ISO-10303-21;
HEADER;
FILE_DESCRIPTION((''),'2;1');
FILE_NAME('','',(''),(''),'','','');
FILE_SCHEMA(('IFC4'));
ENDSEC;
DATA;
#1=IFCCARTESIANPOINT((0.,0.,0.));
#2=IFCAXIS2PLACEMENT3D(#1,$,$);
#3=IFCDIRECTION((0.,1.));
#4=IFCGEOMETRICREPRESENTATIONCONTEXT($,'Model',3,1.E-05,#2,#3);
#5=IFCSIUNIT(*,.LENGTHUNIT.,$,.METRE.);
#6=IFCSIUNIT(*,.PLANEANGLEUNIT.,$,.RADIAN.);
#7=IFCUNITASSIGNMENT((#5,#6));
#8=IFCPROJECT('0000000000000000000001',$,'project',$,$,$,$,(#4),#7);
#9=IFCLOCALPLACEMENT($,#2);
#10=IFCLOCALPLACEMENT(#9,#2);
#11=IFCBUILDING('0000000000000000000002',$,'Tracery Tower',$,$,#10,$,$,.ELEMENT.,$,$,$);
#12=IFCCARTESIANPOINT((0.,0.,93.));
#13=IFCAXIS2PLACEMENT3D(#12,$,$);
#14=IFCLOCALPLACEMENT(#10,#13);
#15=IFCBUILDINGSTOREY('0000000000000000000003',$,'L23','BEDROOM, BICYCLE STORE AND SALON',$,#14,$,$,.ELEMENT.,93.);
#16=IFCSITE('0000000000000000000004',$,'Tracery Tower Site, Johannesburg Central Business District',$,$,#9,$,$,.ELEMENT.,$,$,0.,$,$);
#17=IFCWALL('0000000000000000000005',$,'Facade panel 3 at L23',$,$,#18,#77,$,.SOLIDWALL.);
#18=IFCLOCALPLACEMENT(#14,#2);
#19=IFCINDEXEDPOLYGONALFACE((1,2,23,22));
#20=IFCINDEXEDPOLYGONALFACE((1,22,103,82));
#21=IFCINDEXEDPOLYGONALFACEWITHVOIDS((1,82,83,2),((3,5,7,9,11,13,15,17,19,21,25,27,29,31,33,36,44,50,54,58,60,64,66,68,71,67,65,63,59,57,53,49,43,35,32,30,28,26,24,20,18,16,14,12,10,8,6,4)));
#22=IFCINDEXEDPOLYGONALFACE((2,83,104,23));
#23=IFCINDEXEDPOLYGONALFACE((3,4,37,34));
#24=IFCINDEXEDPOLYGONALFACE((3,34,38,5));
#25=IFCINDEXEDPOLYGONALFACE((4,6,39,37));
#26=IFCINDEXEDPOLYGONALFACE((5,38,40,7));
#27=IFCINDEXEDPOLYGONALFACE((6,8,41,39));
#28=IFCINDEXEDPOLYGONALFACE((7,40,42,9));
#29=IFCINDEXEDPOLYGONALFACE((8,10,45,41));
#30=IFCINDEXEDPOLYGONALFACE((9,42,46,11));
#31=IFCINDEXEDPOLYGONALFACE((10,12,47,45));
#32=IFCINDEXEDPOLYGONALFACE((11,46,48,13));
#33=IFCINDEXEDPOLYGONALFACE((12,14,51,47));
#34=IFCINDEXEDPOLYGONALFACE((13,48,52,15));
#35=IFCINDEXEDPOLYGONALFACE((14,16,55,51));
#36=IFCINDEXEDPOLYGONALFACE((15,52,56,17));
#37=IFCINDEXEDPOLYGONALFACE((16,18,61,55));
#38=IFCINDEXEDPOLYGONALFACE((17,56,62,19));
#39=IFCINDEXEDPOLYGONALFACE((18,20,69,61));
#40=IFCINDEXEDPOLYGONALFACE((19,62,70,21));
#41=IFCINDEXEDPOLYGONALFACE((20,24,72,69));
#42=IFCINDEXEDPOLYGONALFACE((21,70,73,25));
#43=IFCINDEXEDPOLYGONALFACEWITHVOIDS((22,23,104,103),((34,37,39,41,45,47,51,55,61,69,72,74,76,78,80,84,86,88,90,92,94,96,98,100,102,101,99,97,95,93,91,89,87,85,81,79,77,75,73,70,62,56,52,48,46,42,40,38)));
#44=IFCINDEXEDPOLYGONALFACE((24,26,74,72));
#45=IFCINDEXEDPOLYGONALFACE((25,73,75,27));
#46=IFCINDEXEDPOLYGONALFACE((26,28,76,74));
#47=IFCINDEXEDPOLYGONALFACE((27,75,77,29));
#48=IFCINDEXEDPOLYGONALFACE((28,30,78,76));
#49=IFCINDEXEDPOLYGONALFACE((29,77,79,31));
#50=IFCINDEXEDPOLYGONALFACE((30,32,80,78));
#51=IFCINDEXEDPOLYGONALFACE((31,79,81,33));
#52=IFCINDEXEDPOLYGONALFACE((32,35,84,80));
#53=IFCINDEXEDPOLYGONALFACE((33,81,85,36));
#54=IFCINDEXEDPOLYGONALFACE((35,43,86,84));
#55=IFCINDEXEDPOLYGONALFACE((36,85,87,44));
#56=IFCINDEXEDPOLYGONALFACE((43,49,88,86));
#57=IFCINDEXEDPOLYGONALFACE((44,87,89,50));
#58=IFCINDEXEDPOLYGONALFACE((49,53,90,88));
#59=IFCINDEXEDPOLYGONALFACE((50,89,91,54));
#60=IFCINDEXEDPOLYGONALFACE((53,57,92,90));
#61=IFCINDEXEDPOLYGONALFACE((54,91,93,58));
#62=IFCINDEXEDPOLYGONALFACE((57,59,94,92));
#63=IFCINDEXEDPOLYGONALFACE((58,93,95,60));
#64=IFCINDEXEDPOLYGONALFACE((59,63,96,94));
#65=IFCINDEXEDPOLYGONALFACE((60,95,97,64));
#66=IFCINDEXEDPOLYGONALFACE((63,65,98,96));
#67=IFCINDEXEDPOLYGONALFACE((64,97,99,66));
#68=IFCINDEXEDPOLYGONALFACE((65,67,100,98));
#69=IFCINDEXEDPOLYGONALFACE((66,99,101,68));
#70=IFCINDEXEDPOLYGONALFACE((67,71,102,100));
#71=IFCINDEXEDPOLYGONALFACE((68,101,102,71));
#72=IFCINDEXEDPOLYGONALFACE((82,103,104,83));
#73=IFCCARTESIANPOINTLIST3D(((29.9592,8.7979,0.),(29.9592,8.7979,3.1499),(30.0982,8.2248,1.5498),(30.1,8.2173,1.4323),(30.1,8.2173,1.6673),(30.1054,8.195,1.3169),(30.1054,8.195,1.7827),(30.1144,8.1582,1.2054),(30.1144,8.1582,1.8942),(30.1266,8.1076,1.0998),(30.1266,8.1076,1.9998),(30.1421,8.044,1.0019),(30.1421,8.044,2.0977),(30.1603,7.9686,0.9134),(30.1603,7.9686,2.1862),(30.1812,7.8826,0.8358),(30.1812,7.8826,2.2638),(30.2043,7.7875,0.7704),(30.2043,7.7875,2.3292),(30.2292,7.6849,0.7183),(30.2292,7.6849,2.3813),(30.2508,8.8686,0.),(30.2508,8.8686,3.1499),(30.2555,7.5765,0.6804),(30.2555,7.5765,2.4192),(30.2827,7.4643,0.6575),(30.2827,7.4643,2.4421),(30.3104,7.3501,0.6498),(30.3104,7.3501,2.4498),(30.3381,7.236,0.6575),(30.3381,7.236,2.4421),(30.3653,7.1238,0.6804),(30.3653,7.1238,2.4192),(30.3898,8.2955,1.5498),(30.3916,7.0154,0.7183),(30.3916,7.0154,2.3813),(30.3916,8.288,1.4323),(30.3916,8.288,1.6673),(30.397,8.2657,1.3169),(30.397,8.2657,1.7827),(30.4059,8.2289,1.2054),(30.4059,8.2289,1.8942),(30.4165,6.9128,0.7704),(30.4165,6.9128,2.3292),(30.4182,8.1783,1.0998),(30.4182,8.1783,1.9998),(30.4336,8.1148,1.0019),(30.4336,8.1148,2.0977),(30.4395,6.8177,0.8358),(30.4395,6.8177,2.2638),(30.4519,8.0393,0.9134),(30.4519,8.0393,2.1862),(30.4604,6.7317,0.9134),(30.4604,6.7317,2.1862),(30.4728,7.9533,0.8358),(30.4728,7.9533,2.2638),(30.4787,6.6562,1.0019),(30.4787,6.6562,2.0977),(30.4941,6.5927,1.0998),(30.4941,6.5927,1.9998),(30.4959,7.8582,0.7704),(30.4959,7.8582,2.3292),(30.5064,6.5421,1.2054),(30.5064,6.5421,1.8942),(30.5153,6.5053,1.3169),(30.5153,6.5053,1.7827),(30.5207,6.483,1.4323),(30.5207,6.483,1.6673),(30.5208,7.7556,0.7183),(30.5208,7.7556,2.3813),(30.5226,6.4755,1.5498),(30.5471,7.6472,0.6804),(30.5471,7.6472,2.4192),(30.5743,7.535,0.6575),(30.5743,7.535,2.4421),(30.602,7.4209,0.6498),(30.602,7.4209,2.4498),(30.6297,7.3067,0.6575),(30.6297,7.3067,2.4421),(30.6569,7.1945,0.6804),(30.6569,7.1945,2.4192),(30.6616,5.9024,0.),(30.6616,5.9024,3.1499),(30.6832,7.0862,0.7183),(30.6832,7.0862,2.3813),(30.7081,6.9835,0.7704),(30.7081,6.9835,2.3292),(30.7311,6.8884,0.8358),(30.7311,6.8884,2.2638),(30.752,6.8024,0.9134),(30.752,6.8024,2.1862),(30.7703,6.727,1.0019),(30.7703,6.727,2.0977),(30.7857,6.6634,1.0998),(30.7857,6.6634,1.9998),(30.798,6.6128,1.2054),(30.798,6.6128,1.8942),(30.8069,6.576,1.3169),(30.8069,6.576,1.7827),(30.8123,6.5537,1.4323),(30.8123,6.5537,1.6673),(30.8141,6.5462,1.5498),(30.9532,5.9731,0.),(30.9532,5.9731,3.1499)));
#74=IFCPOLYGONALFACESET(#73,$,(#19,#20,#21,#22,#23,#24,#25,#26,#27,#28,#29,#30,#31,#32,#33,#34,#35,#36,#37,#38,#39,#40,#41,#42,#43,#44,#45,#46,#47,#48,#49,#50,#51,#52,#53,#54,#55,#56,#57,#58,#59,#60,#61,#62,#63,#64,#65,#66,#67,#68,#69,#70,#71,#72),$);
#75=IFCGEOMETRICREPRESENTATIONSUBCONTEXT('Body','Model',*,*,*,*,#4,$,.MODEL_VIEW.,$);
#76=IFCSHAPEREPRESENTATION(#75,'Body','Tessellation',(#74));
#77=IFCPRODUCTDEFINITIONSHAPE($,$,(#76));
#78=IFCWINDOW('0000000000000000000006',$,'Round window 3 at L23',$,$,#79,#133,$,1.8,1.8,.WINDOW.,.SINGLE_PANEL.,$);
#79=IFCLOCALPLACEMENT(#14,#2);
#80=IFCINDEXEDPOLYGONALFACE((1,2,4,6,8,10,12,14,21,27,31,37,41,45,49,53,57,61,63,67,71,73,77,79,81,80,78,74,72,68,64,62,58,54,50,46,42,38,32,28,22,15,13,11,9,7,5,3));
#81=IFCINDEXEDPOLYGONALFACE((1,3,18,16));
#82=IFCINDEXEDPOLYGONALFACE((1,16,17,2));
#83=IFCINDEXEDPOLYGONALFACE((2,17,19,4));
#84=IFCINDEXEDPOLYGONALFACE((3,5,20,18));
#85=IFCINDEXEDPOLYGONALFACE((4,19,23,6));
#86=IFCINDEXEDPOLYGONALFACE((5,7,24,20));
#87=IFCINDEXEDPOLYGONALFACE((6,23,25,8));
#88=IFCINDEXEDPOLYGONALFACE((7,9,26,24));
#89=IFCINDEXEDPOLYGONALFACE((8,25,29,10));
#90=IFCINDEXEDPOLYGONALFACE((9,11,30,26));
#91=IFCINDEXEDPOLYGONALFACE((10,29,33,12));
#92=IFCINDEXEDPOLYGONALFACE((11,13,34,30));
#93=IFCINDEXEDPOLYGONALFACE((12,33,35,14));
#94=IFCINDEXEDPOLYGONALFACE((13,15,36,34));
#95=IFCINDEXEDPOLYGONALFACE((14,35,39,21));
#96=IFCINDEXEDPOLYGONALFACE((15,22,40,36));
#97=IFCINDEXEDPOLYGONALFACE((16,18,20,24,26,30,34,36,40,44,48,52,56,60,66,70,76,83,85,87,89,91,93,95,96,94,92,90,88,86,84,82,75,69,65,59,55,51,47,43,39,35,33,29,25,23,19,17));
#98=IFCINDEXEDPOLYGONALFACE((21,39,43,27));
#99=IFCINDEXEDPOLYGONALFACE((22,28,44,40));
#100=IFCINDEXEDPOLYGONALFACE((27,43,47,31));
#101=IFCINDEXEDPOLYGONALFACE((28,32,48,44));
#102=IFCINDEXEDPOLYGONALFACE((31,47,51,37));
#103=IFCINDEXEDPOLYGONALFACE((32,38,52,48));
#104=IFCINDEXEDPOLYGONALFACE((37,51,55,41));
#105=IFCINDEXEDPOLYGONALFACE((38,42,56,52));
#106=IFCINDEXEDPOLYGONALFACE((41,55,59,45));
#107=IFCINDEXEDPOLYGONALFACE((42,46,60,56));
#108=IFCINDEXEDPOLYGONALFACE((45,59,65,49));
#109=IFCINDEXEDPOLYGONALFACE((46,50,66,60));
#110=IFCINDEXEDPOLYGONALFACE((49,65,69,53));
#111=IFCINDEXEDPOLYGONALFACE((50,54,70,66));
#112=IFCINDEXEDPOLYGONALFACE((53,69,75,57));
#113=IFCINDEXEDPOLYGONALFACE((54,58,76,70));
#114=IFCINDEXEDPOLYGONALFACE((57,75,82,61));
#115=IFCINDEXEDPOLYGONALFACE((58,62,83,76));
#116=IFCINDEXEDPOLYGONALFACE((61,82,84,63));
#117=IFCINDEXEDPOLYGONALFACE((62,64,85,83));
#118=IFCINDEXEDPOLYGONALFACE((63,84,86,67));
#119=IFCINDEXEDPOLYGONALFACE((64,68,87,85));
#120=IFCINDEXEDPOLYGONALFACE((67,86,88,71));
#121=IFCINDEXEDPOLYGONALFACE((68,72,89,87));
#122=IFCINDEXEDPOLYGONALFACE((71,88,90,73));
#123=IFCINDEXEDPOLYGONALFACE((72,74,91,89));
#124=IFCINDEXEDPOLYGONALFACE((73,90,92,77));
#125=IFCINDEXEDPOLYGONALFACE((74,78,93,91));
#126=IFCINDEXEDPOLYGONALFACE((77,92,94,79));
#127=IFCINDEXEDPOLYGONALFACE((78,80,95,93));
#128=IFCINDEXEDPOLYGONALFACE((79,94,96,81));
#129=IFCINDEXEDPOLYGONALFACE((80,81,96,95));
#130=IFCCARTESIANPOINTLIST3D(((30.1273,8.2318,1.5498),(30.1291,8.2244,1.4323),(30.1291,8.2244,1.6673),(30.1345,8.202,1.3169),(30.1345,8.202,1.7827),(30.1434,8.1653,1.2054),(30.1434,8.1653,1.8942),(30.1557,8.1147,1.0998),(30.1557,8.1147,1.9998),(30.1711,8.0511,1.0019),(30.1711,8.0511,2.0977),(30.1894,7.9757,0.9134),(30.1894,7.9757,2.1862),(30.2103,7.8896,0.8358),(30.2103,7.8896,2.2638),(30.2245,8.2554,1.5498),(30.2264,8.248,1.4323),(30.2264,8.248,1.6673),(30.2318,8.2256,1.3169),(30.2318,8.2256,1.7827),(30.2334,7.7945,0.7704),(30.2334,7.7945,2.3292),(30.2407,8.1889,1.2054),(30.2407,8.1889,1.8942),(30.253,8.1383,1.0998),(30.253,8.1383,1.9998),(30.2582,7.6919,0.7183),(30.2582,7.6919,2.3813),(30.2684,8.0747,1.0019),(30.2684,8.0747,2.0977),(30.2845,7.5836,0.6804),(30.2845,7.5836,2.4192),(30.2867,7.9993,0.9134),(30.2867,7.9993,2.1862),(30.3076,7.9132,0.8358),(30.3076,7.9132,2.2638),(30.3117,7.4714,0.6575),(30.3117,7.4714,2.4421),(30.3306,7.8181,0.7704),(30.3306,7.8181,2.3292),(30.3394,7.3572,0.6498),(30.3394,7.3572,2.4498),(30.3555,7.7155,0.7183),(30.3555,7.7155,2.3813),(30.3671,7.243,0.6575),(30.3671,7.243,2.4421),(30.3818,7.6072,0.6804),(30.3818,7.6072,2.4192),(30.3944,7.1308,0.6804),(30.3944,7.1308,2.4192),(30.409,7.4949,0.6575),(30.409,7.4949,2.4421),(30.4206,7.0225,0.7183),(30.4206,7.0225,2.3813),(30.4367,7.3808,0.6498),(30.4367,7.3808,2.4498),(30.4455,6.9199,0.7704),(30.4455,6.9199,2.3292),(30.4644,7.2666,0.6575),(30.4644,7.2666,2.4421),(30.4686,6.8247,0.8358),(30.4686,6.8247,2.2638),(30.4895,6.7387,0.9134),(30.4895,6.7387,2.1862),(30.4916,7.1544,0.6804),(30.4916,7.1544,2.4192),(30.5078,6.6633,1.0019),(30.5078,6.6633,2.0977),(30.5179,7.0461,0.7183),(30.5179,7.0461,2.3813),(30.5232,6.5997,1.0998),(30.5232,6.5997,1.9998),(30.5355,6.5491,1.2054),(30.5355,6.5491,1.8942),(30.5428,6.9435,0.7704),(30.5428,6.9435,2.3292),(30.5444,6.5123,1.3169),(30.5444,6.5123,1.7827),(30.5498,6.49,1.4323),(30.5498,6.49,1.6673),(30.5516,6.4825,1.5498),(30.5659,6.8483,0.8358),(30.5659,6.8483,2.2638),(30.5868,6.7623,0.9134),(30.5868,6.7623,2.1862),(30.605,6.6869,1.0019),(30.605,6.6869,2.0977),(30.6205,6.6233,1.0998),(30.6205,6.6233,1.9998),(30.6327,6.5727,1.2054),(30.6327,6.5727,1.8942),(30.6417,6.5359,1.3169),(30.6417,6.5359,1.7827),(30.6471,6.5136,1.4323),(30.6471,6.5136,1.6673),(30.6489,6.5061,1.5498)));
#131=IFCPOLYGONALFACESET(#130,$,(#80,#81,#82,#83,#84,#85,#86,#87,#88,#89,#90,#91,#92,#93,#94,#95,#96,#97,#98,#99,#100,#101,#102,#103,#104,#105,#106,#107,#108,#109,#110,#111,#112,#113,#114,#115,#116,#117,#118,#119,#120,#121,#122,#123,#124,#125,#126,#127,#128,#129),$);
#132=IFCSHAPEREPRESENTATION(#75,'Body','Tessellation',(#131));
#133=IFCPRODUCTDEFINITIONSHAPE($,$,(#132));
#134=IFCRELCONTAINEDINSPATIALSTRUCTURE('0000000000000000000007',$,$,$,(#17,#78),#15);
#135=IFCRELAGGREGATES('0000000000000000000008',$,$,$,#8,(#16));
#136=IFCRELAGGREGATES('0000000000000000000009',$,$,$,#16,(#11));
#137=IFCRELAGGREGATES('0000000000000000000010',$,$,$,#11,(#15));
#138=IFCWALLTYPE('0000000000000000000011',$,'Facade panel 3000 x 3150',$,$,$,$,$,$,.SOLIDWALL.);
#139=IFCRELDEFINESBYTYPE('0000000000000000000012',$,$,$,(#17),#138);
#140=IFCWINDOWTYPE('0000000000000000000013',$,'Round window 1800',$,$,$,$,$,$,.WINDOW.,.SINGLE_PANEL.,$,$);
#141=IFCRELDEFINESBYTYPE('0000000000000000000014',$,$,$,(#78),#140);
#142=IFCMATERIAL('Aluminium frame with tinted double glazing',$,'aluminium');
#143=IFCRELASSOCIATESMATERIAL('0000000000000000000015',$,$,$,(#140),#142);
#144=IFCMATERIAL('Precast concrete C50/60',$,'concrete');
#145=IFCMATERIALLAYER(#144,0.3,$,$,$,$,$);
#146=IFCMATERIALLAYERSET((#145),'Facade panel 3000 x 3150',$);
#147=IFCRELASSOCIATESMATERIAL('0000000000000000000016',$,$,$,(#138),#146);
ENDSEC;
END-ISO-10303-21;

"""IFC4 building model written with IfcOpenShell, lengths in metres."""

from ifc_helpers import new_model, si_unit, direction, frame, frame_2d, origin, origin_2d, place, context, subcontext, project, spatial, rectangle, circle, extrude, material, layer, layer_set, type_object, element, fill, save


model = new_model("IFC4")

# Units and contexts
model_context = context("Model", 3, precision=1e-05, world=origin(), true_north=direction((0.0, 1.0)))
body_context = subcontext(model_context, "Body", "Model", "MODEL_VIEW")
ifc_project = project(units=[si_unit("LENGTHUNIT", "METRE"), si_unit("PLANEANGLEUNIT", "RADIAN")], contexts=[model_context])

# Site, building, storey
site_placement = place(None, origin())
site = spatial("IfcSite", under=ifc_project, at=site_placement, Name="Tracery Tower Site, Johannesburg Central Business District", CompositionType="ELEMENT", RefElevation=0.0)
building_placement = place(site_placement, origin())
building = spatial("IfcBuilding", under=site, at=building_placement, Name="Tracery Tower", CompositionType="ELEMENT")
storey_placement = place(building_placement, frame((0.0, 0.0, 93.0)))
storey = spatial("IfcBuildingStorey", under=building, at=storey_placement, Name="L23", Description="BEDROOM, BICYCLE STORE AND SALON", CompositionType="ELEMENT", Elevation=93.0)

# Wall, opening, window
ifc_material_1 = material(Name="Aluminium frame with tinted double glazing", Category="aluminium")
window_type = type_object("IfcWindowType", Name="Round window 1800", PartitioningType="SINGLE_PANEL", PredefinedType="WINDOW", material=ifc_material_1)
ifc_material_2 = material(Name="Precast concrete C50/60", Category="concrete")
ifc_layer_1 = layer(ifc_material_2, 0.3)
ifc_layer_set_1 = layer_set([ifc_layer_1], Name="Facade panel 3000 x 3150")
wall_type_1 = type_object("IfcWallType", Name="Facade panel 3000 x 3150", PredefinedType="SOLIDWALL", material=ifc_layer_set_1)
wall_1_placement = place(storey_placement, frame((30.8074, 5.9377, 0.0), z_axis=(0.0, 0.0, 1.0), x_axis=(-0.235743, 0.971815, 0.0)))
wall_1 = element("IfcWall", 1, at=wall_1_placement, inside=storey, type_object=wall_type_1, Name="Facade panel 3 at L23", PredefinedType="SOLIDWALL", context=body_context, shape_type="SweptSolid", body=[
    extrude(rectangle(XDim=2.9795, YDim=0.3, at=frame_2d((1.4897, 0.0))), origin(), (0.0, 0.0, 1.0), 3.1499),
])
opening_1_placement = place(wall_1_placement, frame((1.4897, 0.0, 1.5498)))
opening_1 = element("IfcOpeningElement", 2, at=opening_1_placement, cuts=wall_1, PredefinedType="OPENING", context=body_context, shape_type="SweptSolid", body=[
    extrude(circle(Radius=0.9, at=origin_2d()), frame((0.0, 0.1599, 0.0), z_axis=(0.0, -1.0, 0.0), x_axis=(1.0, 0.0, 0.0)), (0.0, 0.0, 1.0), 0.3201),
])
window_1_placement = place(opening_1_placement, origin())
window_1 = element("IfcWindow", 3, at=window_1_placement, inside=storey, type_object=window_type, Name="Round window 3 at L23", OverallHeight=1.8, OverallWidth=1.8, PartitioningType="SINGLE_PANEL", PredefinedType="WINDOW", context=body_context, shape_type="SweptSolid", body=[
    extrude(circle(Radius=0.9, at=origin_2d()), frame((0.0, 0.1201, 0.0), z_axis=(0.0, -1.0, 0.0), x_axis=(1.0, 0.0, 0.0)), (0.0, 0.0, 1.0), 0.1001),
])
fill(opening_1, window_1)

save(model, "model.ifc")
